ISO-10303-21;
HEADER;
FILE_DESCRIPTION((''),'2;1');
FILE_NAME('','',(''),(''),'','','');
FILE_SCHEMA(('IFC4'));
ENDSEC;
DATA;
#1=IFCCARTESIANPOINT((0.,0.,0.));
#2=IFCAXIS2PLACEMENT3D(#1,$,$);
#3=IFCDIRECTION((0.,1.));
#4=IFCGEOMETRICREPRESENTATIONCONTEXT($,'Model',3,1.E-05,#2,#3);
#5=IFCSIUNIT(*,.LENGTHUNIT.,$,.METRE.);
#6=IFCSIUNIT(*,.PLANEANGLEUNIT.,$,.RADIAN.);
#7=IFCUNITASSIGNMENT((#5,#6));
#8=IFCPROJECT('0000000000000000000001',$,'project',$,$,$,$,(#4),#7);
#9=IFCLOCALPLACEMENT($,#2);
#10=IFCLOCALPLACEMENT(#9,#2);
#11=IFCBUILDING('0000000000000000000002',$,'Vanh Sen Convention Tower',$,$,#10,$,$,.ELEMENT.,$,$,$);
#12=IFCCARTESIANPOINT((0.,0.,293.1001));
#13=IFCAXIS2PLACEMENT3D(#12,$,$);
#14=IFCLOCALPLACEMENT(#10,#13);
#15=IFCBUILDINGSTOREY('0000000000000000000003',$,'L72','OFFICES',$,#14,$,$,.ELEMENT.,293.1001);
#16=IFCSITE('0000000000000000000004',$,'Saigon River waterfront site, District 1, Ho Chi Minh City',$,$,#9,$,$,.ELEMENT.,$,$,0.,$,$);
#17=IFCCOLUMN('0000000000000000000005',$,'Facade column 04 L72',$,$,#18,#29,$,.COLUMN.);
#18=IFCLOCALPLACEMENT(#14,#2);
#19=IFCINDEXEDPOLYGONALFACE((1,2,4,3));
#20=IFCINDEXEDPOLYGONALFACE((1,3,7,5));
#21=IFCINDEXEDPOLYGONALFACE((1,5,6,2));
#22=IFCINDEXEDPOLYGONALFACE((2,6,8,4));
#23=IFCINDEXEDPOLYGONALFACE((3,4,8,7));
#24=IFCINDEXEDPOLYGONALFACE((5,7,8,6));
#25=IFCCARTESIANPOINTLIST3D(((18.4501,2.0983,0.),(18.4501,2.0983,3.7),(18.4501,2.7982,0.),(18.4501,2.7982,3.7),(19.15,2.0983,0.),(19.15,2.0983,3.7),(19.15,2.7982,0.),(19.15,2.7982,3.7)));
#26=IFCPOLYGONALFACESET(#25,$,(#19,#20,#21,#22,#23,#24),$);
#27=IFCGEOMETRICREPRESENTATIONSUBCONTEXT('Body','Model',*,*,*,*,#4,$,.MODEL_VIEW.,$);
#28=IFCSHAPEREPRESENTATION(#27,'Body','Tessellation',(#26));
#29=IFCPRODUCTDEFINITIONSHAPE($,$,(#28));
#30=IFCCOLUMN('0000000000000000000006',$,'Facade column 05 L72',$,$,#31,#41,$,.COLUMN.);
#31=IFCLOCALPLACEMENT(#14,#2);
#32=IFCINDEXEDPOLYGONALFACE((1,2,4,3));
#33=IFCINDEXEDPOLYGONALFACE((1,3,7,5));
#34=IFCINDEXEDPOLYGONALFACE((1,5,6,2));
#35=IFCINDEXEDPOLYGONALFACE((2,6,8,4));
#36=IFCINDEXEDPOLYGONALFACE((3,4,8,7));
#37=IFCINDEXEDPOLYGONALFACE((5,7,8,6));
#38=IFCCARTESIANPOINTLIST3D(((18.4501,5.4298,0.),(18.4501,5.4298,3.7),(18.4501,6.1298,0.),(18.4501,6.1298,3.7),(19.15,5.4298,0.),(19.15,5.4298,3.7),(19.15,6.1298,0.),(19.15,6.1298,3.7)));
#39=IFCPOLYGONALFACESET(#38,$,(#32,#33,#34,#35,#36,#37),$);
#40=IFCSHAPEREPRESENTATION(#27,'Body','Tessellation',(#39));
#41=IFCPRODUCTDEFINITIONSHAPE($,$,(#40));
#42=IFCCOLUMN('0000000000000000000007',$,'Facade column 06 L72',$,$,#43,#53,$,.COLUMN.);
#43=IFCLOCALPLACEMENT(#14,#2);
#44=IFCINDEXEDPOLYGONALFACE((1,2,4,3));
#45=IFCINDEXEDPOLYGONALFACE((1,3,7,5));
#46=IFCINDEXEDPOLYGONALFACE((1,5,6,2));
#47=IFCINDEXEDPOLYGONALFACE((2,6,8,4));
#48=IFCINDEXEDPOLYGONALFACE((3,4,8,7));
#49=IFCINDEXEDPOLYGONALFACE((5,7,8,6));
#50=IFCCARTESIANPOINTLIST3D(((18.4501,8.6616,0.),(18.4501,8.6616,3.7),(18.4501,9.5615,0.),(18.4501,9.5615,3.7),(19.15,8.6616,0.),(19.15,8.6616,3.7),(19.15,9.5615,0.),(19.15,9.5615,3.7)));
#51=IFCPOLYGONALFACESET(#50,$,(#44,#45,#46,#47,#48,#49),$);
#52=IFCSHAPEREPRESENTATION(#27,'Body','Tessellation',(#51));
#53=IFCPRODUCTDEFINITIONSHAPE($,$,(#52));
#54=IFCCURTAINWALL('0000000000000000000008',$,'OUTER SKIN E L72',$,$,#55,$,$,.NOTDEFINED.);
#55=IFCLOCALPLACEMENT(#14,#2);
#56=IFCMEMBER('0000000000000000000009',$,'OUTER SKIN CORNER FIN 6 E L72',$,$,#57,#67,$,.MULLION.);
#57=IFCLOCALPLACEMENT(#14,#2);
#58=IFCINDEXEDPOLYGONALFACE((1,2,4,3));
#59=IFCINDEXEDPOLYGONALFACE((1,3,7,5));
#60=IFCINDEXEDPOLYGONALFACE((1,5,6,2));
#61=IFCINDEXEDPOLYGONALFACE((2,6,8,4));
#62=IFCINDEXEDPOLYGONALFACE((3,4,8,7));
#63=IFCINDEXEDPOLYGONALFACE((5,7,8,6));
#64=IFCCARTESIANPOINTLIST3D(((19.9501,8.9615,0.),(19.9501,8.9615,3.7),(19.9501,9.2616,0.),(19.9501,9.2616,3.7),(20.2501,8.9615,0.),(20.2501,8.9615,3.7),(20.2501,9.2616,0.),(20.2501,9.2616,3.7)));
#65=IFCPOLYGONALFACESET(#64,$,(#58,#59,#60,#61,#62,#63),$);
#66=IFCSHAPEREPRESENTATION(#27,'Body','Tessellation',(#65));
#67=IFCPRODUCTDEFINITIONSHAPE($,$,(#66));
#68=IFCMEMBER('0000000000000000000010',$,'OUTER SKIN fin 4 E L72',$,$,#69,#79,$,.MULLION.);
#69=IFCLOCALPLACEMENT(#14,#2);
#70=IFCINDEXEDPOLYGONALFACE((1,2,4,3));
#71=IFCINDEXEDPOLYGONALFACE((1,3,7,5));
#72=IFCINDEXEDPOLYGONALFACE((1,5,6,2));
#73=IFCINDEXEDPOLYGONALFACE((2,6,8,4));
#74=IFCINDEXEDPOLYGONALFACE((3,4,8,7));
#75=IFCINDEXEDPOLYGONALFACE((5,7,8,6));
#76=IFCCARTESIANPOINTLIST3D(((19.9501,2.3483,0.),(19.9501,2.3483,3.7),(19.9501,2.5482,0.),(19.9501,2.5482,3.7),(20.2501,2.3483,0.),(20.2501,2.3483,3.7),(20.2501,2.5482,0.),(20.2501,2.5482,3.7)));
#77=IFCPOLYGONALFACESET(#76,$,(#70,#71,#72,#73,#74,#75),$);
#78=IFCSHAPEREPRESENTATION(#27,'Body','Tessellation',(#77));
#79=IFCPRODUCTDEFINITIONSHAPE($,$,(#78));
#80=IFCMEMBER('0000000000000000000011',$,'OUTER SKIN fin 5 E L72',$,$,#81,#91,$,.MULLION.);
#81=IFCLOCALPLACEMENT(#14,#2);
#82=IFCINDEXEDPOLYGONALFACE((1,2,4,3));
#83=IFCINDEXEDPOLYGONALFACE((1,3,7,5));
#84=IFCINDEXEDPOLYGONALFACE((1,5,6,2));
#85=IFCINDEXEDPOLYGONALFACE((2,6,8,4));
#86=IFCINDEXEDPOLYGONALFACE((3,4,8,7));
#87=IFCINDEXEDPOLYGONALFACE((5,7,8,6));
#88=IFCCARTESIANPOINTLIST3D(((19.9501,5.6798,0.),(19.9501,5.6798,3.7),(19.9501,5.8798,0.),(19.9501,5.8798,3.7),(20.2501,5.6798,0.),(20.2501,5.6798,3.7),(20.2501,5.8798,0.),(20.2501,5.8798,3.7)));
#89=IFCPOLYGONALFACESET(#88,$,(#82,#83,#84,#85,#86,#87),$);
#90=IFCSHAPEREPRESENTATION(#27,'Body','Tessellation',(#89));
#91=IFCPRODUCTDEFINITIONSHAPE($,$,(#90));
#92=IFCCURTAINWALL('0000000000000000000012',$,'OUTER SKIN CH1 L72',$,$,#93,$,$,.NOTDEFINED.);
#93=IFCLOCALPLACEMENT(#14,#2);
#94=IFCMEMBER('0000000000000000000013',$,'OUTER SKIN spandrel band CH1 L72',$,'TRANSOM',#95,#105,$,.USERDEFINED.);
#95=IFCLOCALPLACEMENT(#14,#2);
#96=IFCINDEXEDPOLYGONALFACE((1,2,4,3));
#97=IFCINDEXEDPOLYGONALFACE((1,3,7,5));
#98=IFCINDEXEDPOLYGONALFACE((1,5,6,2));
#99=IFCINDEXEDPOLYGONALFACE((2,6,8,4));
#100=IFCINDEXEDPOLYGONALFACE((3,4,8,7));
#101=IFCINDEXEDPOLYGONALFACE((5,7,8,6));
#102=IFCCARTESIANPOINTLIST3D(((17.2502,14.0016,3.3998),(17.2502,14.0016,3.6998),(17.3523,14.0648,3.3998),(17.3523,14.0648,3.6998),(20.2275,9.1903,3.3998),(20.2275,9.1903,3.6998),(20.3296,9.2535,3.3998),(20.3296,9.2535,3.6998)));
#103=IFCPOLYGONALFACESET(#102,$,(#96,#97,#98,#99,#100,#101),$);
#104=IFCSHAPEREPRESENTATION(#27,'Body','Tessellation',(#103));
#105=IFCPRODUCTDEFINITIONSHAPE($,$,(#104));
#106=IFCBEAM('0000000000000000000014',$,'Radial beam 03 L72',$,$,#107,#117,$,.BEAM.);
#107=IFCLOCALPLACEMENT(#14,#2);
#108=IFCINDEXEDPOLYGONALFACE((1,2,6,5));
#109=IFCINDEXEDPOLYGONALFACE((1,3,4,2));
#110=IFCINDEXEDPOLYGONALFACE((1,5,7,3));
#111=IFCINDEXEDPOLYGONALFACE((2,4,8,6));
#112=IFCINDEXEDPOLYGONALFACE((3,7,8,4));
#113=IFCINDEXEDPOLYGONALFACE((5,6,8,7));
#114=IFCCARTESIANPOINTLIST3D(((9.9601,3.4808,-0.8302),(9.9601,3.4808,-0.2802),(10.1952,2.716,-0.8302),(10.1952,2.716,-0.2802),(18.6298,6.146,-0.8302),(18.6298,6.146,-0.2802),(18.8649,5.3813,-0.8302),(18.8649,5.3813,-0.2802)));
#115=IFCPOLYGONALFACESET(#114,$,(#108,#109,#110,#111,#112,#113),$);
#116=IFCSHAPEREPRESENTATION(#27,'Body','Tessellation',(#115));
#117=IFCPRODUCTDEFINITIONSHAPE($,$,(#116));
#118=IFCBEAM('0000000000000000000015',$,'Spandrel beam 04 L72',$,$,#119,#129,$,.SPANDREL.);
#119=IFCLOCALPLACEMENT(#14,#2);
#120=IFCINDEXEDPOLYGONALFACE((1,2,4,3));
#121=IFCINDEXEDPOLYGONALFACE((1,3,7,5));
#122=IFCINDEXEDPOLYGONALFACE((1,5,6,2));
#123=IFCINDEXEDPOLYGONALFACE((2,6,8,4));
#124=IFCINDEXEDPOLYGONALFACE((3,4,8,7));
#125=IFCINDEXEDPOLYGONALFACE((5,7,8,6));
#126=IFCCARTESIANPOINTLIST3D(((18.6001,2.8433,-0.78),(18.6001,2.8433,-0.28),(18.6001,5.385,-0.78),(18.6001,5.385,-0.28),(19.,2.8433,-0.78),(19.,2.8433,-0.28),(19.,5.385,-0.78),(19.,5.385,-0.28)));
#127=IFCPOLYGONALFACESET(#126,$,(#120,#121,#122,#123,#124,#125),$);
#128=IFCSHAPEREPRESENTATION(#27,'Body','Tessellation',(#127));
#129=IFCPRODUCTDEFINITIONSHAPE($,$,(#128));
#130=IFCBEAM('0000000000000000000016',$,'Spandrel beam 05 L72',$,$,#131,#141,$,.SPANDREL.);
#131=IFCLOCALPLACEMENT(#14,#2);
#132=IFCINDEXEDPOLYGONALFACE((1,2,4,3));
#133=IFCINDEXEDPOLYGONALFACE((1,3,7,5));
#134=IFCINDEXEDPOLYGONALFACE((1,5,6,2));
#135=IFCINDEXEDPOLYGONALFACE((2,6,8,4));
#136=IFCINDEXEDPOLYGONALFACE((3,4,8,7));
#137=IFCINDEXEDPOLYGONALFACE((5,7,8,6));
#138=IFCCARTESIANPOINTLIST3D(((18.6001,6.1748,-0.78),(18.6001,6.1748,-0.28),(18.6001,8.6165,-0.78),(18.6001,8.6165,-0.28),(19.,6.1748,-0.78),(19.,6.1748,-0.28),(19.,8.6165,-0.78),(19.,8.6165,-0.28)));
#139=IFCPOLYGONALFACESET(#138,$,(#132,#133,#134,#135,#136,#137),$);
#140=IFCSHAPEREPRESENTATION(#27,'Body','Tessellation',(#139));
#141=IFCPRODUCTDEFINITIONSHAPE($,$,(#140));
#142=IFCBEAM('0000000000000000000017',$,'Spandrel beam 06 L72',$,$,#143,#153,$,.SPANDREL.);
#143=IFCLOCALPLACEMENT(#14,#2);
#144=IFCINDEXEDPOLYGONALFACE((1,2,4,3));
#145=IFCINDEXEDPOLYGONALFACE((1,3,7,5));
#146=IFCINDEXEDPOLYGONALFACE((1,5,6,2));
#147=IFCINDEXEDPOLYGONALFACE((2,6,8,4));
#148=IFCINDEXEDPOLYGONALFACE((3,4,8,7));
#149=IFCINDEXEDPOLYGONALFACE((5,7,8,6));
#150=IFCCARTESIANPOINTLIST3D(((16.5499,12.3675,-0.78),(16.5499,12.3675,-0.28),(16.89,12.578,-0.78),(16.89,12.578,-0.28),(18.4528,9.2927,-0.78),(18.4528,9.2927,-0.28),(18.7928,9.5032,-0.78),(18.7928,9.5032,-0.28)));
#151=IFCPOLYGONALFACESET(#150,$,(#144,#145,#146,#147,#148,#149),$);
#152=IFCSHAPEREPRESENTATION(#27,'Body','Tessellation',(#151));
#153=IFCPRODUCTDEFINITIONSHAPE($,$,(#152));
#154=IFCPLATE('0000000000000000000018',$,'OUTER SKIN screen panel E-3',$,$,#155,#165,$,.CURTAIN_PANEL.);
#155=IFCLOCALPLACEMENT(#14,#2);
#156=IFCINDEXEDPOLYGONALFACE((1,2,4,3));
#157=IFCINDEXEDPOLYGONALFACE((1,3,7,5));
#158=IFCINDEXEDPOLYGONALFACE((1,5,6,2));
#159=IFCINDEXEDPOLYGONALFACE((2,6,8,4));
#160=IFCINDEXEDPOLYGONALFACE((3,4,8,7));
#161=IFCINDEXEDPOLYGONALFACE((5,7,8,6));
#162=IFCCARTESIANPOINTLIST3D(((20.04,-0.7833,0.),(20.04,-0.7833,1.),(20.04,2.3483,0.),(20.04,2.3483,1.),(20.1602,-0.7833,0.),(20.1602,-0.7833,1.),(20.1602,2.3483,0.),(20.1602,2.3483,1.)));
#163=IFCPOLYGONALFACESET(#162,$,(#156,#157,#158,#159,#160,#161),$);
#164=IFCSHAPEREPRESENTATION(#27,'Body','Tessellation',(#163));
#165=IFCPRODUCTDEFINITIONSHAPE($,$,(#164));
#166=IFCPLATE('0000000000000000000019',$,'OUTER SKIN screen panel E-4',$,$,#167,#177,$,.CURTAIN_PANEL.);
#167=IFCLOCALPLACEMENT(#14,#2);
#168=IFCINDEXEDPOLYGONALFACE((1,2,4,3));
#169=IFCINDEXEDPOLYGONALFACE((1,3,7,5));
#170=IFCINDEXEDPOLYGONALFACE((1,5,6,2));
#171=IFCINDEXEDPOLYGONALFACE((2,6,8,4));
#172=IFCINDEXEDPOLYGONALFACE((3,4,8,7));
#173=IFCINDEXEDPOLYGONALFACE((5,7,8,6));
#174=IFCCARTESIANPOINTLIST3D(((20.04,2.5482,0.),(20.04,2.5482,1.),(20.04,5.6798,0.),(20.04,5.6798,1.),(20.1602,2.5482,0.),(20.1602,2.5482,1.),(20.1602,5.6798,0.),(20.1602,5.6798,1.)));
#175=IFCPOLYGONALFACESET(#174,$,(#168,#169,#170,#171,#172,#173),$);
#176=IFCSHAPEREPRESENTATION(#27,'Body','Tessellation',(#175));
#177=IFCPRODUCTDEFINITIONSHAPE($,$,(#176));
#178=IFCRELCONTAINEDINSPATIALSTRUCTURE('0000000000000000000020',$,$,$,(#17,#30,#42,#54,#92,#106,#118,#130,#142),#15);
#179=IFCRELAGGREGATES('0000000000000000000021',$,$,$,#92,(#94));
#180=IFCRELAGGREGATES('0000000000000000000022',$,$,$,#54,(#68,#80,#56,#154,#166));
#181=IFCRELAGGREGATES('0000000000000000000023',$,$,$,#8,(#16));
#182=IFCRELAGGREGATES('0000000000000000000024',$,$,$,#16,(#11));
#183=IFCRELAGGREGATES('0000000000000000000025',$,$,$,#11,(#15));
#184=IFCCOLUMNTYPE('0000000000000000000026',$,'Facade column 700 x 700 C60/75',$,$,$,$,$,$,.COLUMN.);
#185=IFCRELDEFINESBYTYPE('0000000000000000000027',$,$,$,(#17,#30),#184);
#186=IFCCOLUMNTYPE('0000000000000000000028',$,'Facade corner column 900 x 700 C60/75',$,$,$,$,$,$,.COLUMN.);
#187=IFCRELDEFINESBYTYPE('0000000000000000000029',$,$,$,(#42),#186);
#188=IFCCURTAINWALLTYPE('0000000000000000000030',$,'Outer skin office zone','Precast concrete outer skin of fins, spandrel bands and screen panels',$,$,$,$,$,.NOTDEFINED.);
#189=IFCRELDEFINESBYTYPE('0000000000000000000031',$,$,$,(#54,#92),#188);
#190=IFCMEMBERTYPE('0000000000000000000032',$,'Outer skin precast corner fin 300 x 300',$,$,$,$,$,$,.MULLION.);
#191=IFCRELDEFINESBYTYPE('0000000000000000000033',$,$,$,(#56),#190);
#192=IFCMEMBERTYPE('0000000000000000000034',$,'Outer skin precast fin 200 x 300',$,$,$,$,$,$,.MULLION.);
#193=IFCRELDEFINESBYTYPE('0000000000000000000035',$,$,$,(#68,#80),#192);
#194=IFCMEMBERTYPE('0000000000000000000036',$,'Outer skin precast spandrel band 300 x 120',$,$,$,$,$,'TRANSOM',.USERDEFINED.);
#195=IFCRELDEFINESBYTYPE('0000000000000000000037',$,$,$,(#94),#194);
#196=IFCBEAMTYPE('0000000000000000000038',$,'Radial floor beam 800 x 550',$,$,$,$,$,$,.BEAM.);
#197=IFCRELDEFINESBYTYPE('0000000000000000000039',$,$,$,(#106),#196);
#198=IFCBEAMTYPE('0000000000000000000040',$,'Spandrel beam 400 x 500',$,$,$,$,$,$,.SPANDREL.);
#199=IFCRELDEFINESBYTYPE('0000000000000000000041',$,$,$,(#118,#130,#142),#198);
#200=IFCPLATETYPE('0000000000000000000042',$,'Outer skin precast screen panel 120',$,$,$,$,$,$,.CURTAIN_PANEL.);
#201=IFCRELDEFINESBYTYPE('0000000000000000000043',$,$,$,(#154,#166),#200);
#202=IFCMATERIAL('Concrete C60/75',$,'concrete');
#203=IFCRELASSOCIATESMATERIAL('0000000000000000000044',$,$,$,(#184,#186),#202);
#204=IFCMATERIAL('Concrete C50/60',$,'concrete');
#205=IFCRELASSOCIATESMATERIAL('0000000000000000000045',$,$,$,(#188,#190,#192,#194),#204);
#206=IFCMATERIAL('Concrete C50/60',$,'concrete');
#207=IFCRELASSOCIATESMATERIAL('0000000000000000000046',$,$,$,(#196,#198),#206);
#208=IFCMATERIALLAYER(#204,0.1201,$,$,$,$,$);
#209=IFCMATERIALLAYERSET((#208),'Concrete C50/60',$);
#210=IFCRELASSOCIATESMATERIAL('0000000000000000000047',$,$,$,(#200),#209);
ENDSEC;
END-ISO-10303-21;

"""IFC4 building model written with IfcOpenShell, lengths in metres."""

from ifc_helpers import new_model, si_unit, direction, frame, origin, origin_2d, place, context, subcontext, project, spatial, rectangle, extrude, material, layer, layer_set, material_profile, profile_set, type_object, element, aggregate, save


model = new_model("IFC4")

# Units and contexts
model_context = context("Model", 3, precision=1e-05, world=origin(), true_north=direction((0.0, 1.0)))
body_context = subcontext(model_context, "Body", "Model", "MODEL_VIEW")
ifc_project = project(units=[si_unit("LENGTHUNIT", "METRE"), si_unit("PLANEANGLEUNIT", "RADIAN")], contexts=[model_context])

# Site, building, storey
site_placement = place(None, origin())
site = spatial("IfcSite", under=ifc_project, at=site_placement, Name="Saigon River waterfront site, District 1, Ho Chi Minh City", CompositionType="ELEMENT", RefElevation=0.0)
building_placement = place(site_placement, origin())
building = spatial("IfcBuilding", under=site, at=building_placement, Name="Vanh Sen Convention Tower", CompositionType="ELEMENT")
storey_placement = place(building_placement, frame((0.0, 0.0, 293.1001)))
storey = spatial("IfcBuildingStorey", under=building, at=storey_placement, Name="L72", Description="OFFICES", CompositionType="ELEMENT", Elevation=293.1001)

# Columns
ifc_material_1 = material(Name="Concrete C60/75", Category="concrete")
ifc_material_profile_1 = material_profile(ifc_material_1, rectangle(XDim=0.7, YDim=0.7, at=origin_2d()), Name="RC 700X700")
ifc_profile_set_1 = profile_set([ifc_material_profile_1], Name="Concrete C60/75")
column_type_1 = type_object("IfcColumnType", Name="Facade column 700 x 700 C60/75", PredefinedType="COLUMN", material=ifc_profile_set_1)
for number, where, z_axis, x_axis, name in (
    (1, (18.8, 2.4482, 0.0), (0.0, 0.0, 1.0), (0.0, 1.0, 0.0), "Facade column 04 L72"),
    (2, (18.8, 5.7798, 0.0), (0.0, 0.0, 1.0), (0.0, 1.0, 0.0), "Facade column 05 L72"),
):
    element("IfcColumn", number, at=place(storey_placement, frame(where, z_axis=z_axis, x_axis=x_axis)), inside=storey, type_object=column_type_1, Name=name, PredefinedType="COLUMN", context=body_context, shape_type="SweptSolid", body=[
        extrude(rectangle(XDim=0.7, YDim=0.7, at=origin_2d()), origin(), (0.0, 0.0, 1.0), 3.7),
    ])
ifc_material_profile_2 = material_profile(ifc_material_1, rectangle(XDim=0.8999, YDim=0.7, at=origin_2d()), Name="RC 900X700")
ifc_profile_set_2 = profile_set([ifc_material_profile_2], Name="Concrete C60/75")
column_type_2 = type_object("IfcColumnType", Name="Facade corner column 900 x 700 C60/75", PredefinedType="COLUMN", material=ifc_profile_set_2)
column_placement = place(storey_placement, frame((18.8, 9.1116, 0.0), z_axis=(0.0, 0.0, 1.0), x_axis=(0.0, 1.0, 0.0)))
element("IfcColumn", 3, at=column_placement, inside=storey, type_object=column_type_2, Name="Facade column 06 L72", PredefinedType="COLUMN", context=body_context, shape_type="SweptSolid", body=[
    extrude(rectangle(XDim=0.8999, YDim=0.7, at=origin_2d()), origin(), (0.0, 0.0, 1.0), 3.7),
])

# Curtain wall, members
ifc_material_2 = material(Name="Concrete C50/60", Category="concrete")
curtain_wall_type = type_object("IfcCurtainWallType", Name="Outer skin office zone", Description="Precast concrete outer skin of fins, spandrel bands and screen panels", PredefinedType="NOTDEFINED", material=ifc_material_2)
curtain_wall_1_placement = place(storey_placement, origin())
curtain_wall_1 = element("IfcCurtainWall", 4, at=curtain_wall_1_placement, inside=storey, type_object=curtain_wall_type, Name="OUTER SKIN E L72", PredefinedType="NOTDEFINED")
ifc_material_profile_3 = material_profile(ifc_material_2, rectangle(XDim=0.3, YDim=0.3, at=origin_2d()), Name="Outer skin precast corner fin 300 x 300")
ifc_profile_set_3 = profile_set([ifc_material_profile_3], Name="Concrete C50/60")
member_type_1 = type_object("IfcMemberType", Name="Outer skin precast corner fin 300 x 300", PredefinedType="MULLION", material=ifc_profile_set_3)
member_1_placement = place(storey_placement, frame((20.1001, 9.1116, 0.0), z_axis=(0.0, 0.0, 1.0), x_axis=(0.0, 1.0, 0.0)))
member_1 = element("IfcMember", 5, at=member_1_placement, type_object=member_type_1, Name="OUTER SKIN CORNER FIN 6 E L72", PredefinedType="MULLION", context=body_context, shape_type="SweptSolid", body=[
    extrude(rectangle(XDim=0.3, YDim=0.3, at=origin_2d()), origin(), (0.0, 0.0, 1.0), 3.7),
])
ifc_material_profile_4 = material_profile(ifc_material_2, rectangle(XDim=0.2, YDim=0.3, at=origin_2d()), Name="Outer skin precast fin 200 x 300")
ifc_profile_set_4 = profile_set([ifc_material_profile_4], Name="Concrete C50/60")
member_type_2 = type_object("IfcMemberType", Name="Outer skin precast fin 200 x 300", PredefinedType="MULLION", material=ifc_profile_set_4)
member_2_placement = place(storey_placement, frame((20.1001, 2.4482, 0.0), z_axis=(0.0, 0.0, 1.0), x_axis=(0.0, 1.0, 0.0)))
member_2 = element("IfcMember", 6, at=member_2_placement, type_object=member_type_2, Name="OUTER SKIN fin 4 E L72", PredefinedType="MULLION", context=body_context, shape_type="SweptSolid", body=[
    extrude(rectangle(XDim=0.2, YDim=0.3, at=origin_2d()), origin(), (0.0, 0.0, 1.0), 3.7),
])
member_3_placement = place(storey_placement, frame((20.1001, 5.7798, 0.0), z_axis=(0.0, 0.0, 1.0), x_axis=(0.0, 1.0, 0.0)))
member_3 = element("IfcMember", 7, at=member_3_placement, type_object=member_type_2, Name="OUTER SKIN fin 5 E L72", PredefinedType="MULLION", context=body_context, shape_type="SweptSolid", body=[
    extrude(rectangle(XDim=0.2, YDim=0.3, at=origin_2d()), origin(), (0.0, 0.0, 1.0), 3.7),
])

# Curtain wall, member
curtain_wall_2_placement = place(storey_placement, origin())
curtain_wall_2 = element("IfcCurtainWall", 8, at=curtain_wall_2_placement, inside=storey, type_object=curtain_wall_type, Name="OUTER SKIN CH1 L72", PredefinedType="NOTDEFINED")
ifc_material_profile_5 = material_profile(ifc_material_2, rectangle(XDim=0.1201, YDim=0.3, at=origin_2d()), Name="Outer skin precast spandrel band 300 x 120")
ifc_profile_set_5 = profile_set([ifc_material_profile_5], Name="Concrete C50/60")
member_type_3 = type_object("IfcMemberType", Name="Outer skin precast spandrel band 300 x 120", ElementType="TRANSOM", PredefinedType="USERDEFINED", material=ifc_profile_set_5)
member_4_placement = place(storey_placement, frame((20.2786, 9.2219, 3.5498), z_axis=(-0.526212, 0.850353, 0.0), x_axis=(-0.850353, -0.526212, 0.0)))
member_4 = element("IfcMember", 9, at=member_4_placement, type_object=member_type_3, Name="OUTER SKIN spandrel band CH1 L72", ObjectType="TRANSOM", PredefinedType="USERDEFINED", context=body_context, shape_type="SweptSolid", body=[
    extrude(rectangle(XDim=0.1201, YDim=0.3, at=origin_2d()), origin(), (0.0, 0.0, 1.0), 5.658),
])
aggregate(curtain_wall_2, [member_4])

# Beams
ifc_material_3 = material(Name="Concrete C50/60", Category="concrete")
ifc_material_profile_6 = material_profile(ifc_material_3, rectangle(XDim=0.8, YDim=0.55, at=origin_2d()), Name="RC 800X550")
ifc_profile_set_6 = profile_set([ifc_material_profile_6], Name="Concrete C50/60")
beam_type_1 = type_object("IfcBeamType", Name="Radial floor beam 800 x 550", PredefinedType="BEAM", material=ifc_profile_set_6)
beam_1_placement = place(storey_placement, frame((18.7473, 5.7637, -0.5552), z_axis=(-0.955851, -0.293853, 0.0), x_axis=(0.293853, -0.955851, 0.0)))
element("IfcBeam", 10, at=beam_1_placement, inside=storey, type_object=beam_type_1, Name="Radial beam 03 L72", PredefinedType="BEAM", context=body_context, shape_type="SweptSolid", body=[
    extrude(rectangle(XDim=0.8, YDim=0.55, at=origin_2d()), origin(), (0.0, 0.0, 1.0), 9.0701),
])
ifc_material_profile_7 = material_profile(ifc_material_3, rectangle(XDim=0.3999, YDim=0.5, at=origin_2d()), Name="RC 400X500")
ifc_profile_set_7 = profile_set([ifc_material_profile_7], Name="Concrete C50/60")
beam_type_2 = type_object("IfcBeamType", Name="Spandrel beam 400 x 500", PredefinedType="SPANDREL", material=ifc_profile_set_7)
beam_2_placement = place(storey_placement, frame((18.8, 2.8433, -0.53), z_axis=(0.0, 1.0, 0.0), x_axis=(-1.0, 0.0, 0.0)))
element("IfcBeam", 11, at=beam_2_placement, inside=storey, type_object=beam_type_2, Name="Spandrel beam 04 L72", PredefinedType="SPANDREL", context=body_context, shape_type="SweptSolid", body=[
    extrude(rectangle(XDim=0.3999, YDim=0.5, at=origin_2d()), origin(), (0.0, 0.0, 1.0), 2.5417),
])
beam_3_placement = place(storey_placement, frame((18.8, 6.1748, -0.53), z_axis=(0.0, 1.0, 0.0), x_axis=(-1.0, 0.0, 0.0)))
element("IfcBeam", 12, at=beam_3_placement, inside=storey, type_object=beam_type_2, Name="Spandrel beam 05 L72", PredefinedType="SPANDREL", context=body_context, shape_type="SweptSolid", body=[
    extrude(rectangle(XDim=0.3999, YDim=0.5, at=origin_2d()), origin(), (0.0, 0.0, 1.0), 2.4417),
])
beam_4_placement = place(storey_placement, frame((18.6228, 9.3979, -0.53), z_axis=(-0.526243, 0.850334, 0.0), x_axis=(-0.850334, -0.526243, 0.0)))
element("IfcBeam", 13, at=beam_4_placement, inside=storey, type_object=beam_type_2, Name="Spandrel beam 06 L72", PredefinedType="SPANDREL", context=body_context, shape_type="SweptSolid", body=[
    extrude(rectangle(XDim=0.3999, YDim=0.5, at=origin_2d()), origin(), (0.0, 0.0, 1.0), 3.616),
])

# Plates
ifc_layer_1 = layer(ifc_material_2, 0.1201)
ifc_layer_set_1 = layer_set([ifc_layer_1], Name="Concrete C50/60")
plate_type = type_object("IfcPlateType", Name="Outer skin precast screen panel 120", PredefinedType="CURTAIN_PANEL", material=ifc_layer_set_1)
plate_1_placement = place(storey_placement, frame((20.1001, 0.7825, 0.0), z_axis=(0.0, 0.0, 1.0), x_axis=(0.0, 1.0, 0.0)))
plate_1 = element("IfcPlate", 14, at=plate_1_placement, type_object=plate_type, Name="OUTER SKIN screen panel E-3", PredefinedType="CURTAIN_PANEL", context=body_context, shape_type="SweptSolid", body=[
    extrude(rectangle(XDim=3.1316, YDim=0.1201, at=origin_2d()), origin(), (0.0, 0.0, 1.0), 1.0),
])
plate_2_placement = place(storey_placement, frame((20.1001, 4.114, 0.0), z_axis=(0.0, 0.0, 1.0), x_axis=(0.0, 1.0, 0.0)))
plate_2 = element("IfcPlate", 15, at=plate_2_placement, type_object=plate_type, Name="OUTER SKIN screen panel E-4", PredefinedType="CURTAIN_PANEL", context=body_context, shape_type="SweptSolid", body=[
    extrude(rectangle(XDim=3.1316, YDim=0.1201, at=origin_2d()), origin(), (0.0, 0.0, 1.0), 1.0),
])
aggregate(curtain_wall_1, [member_2, member_3, member_1, plate_1, plate_2])

save(model, "model.ifc")
